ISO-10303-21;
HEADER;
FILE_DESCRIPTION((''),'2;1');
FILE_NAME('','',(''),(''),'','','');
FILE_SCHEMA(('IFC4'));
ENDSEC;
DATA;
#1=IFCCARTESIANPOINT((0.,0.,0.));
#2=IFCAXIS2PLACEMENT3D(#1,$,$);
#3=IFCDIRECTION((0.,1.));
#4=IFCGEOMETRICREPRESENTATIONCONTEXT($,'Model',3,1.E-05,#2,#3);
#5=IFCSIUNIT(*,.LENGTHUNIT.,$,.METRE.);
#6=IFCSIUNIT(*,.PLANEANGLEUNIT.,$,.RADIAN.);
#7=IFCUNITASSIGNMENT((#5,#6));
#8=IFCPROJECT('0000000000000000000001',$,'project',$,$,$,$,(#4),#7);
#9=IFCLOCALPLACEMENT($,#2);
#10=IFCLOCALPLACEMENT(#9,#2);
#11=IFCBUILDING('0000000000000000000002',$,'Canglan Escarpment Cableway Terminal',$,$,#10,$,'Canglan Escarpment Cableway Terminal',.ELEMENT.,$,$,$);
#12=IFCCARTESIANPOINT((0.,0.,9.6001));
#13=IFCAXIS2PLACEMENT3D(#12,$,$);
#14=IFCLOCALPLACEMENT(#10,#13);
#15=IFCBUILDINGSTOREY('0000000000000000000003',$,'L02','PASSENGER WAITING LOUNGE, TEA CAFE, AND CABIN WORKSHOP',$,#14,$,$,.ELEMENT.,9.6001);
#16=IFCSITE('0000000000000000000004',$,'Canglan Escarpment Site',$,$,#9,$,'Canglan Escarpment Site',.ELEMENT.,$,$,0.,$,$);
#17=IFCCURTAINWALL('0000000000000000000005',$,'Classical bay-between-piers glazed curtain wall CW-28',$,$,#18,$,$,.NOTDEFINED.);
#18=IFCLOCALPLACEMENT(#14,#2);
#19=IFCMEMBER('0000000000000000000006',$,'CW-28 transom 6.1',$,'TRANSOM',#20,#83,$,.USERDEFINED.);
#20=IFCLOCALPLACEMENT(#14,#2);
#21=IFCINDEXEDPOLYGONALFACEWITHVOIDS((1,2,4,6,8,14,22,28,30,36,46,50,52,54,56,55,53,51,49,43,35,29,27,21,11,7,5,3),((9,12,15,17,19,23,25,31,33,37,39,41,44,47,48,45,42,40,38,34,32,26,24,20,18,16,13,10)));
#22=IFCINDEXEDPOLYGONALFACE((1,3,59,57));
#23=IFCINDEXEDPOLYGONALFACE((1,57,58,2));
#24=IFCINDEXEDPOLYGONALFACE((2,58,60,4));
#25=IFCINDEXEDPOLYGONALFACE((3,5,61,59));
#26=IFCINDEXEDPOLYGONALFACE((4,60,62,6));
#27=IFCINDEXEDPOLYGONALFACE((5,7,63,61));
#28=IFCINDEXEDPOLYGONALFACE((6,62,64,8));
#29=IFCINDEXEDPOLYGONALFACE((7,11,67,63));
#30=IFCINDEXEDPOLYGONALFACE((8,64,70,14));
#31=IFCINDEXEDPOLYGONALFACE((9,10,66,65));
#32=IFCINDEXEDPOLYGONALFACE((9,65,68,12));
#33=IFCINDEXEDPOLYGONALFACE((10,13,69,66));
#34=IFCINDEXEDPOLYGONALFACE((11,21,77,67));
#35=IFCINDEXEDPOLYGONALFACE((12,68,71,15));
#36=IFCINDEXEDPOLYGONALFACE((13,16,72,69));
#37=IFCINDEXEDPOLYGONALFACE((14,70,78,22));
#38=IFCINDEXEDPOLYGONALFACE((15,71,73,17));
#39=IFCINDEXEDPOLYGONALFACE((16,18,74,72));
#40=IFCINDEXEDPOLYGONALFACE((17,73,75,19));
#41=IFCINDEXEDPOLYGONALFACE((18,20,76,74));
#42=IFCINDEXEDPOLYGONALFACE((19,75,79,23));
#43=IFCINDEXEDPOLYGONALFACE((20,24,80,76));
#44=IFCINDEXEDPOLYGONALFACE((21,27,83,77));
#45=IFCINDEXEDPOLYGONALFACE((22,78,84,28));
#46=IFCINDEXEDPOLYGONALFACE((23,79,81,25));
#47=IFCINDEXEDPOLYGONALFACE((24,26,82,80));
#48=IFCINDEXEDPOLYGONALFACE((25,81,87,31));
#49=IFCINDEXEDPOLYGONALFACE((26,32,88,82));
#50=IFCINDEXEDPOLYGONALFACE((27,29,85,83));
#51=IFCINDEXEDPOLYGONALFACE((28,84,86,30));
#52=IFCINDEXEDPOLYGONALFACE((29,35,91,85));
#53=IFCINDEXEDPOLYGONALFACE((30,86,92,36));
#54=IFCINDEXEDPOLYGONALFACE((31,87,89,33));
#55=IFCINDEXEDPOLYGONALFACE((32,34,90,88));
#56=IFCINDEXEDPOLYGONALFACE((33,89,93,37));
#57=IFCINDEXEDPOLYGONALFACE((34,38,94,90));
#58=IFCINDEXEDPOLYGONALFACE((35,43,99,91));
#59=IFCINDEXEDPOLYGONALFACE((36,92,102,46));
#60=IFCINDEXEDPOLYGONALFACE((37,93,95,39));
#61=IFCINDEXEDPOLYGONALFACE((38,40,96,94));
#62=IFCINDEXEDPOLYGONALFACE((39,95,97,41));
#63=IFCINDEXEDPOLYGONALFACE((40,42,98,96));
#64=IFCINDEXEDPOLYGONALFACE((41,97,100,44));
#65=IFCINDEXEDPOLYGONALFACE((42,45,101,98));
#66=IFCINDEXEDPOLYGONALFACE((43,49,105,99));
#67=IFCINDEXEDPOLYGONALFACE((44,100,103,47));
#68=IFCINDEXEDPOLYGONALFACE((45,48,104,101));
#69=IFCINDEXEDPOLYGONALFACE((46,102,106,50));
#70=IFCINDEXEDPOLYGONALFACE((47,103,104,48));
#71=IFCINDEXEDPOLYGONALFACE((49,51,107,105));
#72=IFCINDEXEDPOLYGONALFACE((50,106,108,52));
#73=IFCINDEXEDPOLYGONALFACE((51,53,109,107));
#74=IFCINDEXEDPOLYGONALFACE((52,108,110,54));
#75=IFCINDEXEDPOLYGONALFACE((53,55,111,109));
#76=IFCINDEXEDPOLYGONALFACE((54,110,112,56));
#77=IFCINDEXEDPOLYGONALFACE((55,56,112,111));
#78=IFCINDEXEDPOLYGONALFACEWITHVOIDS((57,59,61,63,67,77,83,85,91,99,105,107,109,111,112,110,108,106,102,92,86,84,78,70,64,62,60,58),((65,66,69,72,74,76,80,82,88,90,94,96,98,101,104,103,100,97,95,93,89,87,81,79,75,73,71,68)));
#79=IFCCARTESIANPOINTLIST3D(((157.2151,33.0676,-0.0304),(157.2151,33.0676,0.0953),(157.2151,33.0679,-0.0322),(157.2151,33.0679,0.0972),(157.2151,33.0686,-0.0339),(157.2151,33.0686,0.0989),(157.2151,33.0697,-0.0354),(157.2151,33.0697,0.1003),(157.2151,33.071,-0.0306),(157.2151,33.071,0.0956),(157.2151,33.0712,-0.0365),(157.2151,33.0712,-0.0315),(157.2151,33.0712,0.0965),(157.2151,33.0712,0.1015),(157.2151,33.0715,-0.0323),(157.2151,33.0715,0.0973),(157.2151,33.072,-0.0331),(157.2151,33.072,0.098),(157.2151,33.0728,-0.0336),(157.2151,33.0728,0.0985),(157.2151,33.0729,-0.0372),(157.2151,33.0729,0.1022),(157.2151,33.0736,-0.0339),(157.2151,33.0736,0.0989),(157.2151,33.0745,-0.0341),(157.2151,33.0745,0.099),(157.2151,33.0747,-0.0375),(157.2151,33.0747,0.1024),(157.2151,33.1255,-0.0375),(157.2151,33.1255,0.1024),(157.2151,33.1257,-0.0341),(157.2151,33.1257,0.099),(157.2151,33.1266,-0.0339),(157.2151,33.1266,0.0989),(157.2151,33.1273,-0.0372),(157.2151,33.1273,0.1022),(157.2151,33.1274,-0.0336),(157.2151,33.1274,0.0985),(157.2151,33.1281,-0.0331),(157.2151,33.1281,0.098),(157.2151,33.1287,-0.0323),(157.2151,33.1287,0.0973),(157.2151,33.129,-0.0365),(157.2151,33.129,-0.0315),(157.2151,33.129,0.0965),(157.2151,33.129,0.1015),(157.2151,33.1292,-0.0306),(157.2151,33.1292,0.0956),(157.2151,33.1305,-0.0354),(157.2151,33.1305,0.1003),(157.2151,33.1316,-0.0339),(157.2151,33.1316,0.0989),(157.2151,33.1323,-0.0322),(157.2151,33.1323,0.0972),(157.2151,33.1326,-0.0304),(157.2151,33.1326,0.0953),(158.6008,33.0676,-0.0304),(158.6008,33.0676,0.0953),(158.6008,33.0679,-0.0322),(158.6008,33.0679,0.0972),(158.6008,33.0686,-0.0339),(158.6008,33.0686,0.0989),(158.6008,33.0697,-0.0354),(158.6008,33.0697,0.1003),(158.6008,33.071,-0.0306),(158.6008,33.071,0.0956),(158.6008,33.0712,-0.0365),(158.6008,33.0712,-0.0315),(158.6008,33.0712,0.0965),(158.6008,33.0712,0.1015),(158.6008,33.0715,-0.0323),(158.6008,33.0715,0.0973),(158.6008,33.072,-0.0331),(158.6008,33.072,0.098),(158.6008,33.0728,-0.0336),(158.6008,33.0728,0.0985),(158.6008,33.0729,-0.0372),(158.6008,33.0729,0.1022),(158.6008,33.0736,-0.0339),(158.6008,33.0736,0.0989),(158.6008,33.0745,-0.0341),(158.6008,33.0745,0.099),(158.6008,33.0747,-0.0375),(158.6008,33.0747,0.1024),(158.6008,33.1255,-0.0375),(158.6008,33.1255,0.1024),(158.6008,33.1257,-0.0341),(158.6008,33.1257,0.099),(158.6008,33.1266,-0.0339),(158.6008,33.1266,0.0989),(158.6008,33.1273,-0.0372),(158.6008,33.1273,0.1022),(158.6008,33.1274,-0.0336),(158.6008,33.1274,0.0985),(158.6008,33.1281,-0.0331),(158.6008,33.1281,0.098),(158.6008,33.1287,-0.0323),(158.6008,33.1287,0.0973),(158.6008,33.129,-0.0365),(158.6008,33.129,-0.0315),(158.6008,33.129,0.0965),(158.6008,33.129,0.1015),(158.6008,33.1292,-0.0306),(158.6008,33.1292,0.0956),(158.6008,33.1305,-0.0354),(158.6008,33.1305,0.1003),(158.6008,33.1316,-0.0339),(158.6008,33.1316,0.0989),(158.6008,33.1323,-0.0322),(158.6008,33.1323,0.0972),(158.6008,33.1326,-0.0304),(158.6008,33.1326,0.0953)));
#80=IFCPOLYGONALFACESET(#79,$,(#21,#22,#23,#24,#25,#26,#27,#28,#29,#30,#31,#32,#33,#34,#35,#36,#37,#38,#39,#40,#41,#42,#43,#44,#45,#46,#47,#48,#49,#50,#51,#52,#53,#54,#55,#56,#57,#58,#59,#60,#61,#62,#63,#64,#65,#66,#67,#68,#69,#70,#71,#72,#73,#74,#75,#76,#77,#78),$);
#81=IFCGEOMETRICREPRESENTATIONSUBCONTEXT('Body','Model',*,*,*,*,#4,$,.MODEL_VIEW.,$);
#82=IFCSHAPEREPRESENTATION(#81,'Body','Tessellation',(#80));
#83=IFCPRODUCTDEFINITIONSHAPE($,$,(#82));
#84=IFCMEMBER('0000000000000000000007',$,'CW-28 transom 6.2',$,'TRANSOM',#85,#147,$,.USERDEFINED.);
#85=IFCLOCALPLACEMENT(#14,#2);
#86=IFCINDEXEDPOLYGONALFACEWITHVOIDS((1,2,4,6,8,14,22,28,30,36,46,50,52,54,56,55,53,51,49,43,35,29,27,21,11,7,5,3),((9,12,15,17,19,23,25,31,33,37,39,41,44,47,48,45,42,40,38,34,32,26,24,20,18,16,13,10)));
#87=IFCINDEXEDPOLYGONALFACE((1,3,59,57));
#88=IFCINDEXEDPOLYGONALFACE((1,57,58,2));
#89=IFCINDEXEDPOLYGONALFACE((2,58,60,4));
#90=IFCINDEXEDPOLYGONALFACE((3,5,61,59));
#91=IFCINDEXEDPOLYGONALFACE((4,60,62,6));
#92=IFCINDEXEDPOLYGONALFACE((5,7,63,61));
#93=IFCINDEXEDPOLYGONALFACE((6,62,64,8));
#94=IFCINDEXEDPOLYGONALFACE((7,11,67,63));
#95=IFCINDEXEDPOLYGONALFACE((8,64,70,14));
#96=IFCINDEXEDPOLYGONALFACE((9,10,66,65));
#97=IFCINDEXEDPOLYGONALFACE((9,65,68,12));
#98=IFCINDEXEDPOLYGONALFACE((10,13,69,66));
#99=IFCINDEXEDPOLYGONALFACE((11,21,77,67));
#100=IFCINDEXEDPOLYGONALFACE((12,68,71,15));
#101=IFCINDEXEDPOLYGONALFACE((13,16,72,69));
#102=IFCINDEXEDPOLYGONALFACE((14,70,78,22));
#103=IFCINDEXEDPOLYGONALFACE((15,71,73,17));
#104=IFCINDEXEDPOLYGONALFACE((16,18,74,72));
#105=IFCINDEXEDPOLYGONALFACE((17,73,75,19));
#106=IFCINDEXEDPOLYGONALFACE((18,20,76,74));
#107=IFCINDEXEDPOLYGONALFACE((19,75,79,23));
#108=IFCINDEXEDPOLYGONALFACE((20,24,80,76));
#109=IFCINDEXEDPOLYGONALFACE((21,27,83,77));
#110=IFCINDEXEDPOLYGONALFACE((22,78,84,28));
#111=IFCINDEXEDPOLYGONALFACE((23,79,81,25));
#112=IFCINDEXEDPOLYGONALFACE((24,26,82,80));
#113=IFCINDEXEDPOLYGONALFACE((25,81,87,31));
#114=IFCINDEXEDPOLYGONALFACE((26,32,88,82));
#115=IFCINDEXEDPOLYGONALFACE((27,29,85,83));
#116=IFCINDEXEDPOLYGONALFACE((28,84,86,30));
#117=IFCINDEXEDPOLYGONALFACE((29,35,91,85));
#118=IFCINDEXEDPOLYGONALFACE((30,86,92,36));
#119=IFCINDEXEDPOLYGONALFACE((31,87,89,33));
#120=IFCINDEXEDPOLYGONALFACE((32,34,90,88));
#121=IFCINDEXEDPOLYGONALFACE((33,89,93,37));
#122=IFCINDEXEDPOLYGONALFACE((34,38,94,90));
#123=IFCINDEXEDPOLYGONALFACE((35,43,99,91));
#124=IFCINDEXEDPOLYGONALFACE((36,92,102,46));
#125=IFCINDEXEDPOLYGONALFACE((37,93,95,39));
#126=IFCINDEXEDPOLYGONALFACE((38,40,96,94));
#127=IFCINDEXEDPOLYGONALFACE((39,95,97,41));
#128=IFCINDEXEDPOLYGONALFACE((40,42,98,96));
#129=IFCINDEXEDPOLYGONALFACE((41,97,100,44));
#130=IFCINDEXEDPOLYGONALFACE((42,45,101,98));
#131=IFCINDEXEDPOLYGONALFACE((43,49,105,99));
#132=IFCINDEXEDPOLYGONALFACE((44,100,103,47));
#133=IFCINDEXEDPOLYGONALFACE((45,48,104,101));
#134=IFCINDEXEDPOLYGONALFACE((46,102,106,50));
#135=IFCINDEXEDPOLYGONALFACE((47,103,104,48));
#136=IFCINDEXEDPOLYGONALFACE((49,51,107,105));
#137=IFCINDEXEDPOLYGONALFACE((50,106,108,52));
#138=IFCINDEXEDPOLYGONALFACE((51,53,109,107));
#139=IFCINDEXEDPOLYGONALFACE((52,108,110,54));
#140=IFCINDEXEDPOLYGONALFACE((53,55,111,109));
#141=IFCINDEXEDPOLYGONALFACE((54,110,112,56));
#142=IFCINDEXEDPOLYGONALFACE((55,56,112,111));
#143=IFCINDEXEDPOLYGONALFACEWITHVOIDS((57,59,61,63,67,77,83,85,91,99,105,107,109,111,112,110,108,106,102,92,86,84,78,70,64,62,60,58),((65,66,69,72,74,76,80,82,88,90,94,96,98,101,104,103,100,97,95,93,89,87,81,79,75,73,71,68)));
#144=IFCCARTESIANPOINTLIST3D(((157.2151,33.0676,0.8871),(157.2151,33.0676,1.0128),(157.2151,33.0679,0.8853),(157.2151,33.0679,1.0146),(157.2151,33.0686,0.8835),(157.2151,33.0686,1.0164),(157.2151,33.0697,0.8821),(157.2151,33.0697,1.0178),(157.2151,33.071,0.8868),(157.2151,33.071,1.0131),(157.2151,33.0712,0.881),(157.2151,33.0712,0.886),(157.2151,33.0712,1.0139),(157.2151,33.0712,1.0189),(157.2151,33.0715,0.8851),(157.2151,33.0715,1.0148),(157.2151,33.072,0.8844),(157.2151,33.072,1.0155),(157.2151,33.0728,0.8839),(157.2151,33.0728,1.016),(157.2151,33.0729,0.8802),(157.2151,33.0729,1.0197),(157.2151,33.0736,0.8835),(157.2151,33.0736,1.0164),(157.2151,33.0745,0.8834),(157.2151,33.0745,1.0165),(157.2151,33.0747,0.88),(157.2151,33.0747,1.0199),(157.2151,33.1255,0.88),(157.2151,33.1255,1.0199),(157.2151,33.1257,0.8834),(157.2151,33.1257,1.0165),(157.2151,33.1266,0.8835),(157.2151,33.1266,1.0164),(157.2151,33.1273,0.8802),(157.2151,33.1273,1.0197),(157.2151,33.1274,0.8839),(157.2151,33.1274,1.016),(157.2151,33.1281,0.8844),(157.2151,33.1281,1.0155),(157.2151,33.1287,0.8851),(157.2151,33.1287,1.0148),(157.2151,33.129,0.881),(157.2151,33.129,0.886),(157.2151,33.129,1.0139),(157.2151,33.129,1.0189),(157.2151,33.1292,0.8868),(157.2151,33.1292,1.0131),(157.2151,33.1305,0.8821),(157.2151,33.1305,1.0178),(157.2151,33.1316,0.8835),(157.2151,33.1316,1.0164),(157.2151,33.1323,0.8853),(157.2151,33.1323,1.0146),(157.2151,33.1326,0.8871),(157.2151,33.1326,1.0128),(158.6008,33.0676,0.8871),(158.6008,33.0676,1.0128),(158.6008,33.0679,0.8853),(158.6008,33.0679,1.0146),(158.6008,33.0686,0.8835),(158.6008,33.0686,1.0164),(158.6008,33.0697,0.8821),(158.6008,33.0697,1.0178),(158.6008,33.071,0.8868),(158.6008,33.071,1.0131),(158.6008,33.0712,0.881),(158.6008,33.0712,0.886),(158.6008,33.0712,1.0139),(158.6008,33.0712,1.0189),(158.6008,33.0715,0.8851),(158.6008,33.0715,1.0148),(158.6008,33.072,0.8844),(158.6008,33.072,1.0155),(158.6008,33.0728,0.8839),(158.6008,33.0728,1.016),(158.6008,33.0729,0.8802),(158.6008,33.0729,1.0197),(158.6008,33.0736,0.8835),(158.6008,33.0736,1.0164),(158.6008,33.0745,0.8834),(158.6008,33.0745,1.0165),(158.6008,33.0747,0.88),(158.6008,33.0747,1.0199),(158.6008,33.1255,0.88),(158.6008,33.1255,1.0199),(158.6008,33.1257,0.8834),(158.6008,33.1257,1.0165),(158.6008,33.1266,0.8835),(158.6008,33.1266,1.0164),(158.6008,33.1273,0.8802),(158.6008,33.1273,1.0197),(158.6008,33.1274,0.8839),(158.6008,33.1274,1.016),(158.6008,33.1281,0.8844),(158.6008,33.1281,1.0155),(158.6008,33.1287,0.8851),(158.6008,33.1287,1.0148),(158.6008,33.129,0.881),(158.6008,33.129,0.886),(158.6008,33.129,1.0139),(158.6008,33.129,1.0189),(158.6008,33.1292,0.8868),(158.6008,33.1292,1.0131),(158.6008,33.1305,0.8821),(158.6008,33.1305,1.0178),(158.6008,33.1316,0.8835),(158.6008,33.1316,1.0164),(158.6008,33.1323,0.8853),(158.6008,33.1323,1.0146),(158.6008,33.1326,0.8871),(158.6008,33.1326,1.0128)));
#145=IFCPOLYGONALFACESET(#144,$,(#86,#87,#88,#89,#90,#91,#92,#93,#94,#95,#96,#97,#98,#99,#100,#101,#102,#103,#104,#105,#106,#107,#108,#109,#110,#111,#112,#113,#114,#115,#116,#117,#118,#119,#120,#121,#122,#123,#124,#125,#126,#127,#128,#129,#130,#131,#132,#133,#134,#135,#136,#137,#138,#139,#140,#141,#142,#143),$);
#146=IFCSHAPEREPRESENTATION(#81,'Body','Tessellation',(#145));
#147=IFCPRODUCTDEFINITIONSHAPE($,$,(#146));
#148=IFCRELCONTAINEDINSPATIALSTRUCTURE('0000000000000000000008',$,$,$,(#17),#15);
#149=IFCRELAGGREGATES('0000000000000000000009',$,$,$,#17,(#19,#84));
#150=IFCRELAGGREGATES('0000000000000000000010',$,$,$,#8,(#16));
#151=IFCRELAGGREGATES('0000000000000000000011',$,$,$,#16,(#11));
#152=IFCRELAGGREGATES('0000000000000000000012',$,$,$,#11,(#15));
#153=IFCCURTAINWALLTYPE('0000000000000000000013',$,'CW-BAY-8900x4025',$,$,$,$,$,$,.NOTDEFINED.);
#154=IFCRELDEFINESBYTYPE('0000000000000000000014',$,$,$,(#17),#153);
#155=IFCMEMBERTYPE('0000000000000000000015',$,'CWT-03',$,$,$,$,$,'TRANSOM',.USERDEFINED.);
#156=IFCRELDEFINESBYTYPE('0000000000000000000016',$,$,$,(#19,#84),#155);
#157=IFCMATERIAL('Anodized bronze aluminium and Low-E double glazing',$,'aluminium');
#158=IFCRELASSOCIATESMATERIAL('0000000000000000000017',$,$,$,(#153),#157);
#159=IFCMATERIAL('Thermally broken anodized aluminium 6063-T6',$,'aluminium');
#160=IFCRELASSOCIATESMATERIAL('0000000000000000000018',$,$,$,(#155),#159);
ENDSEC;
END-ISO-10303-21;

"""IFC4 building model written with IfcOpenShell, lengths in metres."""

from ifc_helpers import new_model, si_unit, direction, frame, origin, origin_2d, place, context, subcontext, project, spatial, hollow_rectangle, extrude, material, material_profile, profile_set, type_object, element, aggregate, save


model = new_model("IFC4")

# Units and contexts
model_context = context("Model", 3, precision=1e-05, world=origin(), true_north=direction((0.0, 1.0)))
body_context = subcontext(model_context, "Body", "Model", "MODEL_VIEW")
ifc_project = project(units=[si_unit("LENGTHUNIT", "METRE"), si_unit("PLANEANGLEUNIT", "RADIAN")], contexts=[model_context])

# Site, building, storey
site_placement = place(None, origin())
site = spatial("IfcSite", under=ifc_project, at=site_placement, Name="Canglan Escarpment Site", LongName="Canglan Escarpment Site", CompositionType="ELEMENT", RefElevation=0.0)
building_placement = place(site_placement, origin())
building = spatial("IfcBuilding", under=site, at=building_placement, Name="Canglan Escarpment Cableway Terminal", LongName="Canglan Escarpment Cableway Terminal", CompositionType="ELEMENT")
storey_placement = place(building_placement, frame((0.0, 0.0, 9.6001)))
storey = spatial("IfcBuildingStorey", under=building, at=storey_placement, Name="L02", Description="PASSENGER WAITING LOUNGE, TEA CAFE, AND CABIN WORKSHOP", CompositionType="ELEMENT", Elevation=9.6001)

# Curtain wall, members
ifc_material_1 = material(Name="Anodized bronze aluminium and Low-E double glazing", Category="aluminium")
curtain_wall_type = type_object("IfcCurtainWallType", Name="CW-BAY-8900x4025", PredefinedType="NOTDEFINED", material=ifc_material_1)
curtain_wall_placement = place(storey_placement, origin())
curtain_wall = element("IfcCurtainWall", 1, at=curtain_wall_placement, inside=storey, type_object=curtain_wall_type, Name="Classical bay-between-piers glazed curtain wall CW-28", PredefinedType="NOTDEFINED")
ifc_material_2 = material(Name="Thermally broken anodized aluminium 6063-T6", Category="aluminium")
ifc_material_profile_1 = material_profile(ifc_material_2, hollow_rectangle(XDim=0.0649, YDim=0.1399, WallThickness=0.0034, InnerFilletRadius=0.0034, OuterFilletRadius=0.0071, at=origin_2d()), Name="ALU-TRAN 65x140x3.5")
ifc_profile_set_1 = profile_set([ifc_material_profile_1], Name="Thermally broken anodized aluminium 6063-T6")
member_type_1 = type_object("IfcMemberType", Name="CWT-03", ElementType="TRANSOM", PredefinedType="USERDEFINED", material=ifc_profile_set_1)
member_1_placement = place(storey_placement, frame((158.6008, 33.1001, 0.0325), z_axis=(-1.0, 0.0, 0.0), x_axis=(0.0, -1.0, 0.0)))
member_1 = element("IfcMember", 2, at=member_1_placement, type_object=member_type_1, Name="CW-28 transom 6.1", ObjectType="TRANSOM", PredefinedType="USERDEFINED", context=body_context, shape_type="SweptSolid", body=[
    extrude(hollow_rectangle(XDim=0.0649, YDim=0.1399, WallThickness=0.0034, InnerFilletRadius=0.0034, OuterFilletRadius=0.0071, at=origin_2d()), origin(), (0.0, 0.0, 1.0), 1.3857),
])
member_2_placement = place(storey_placement, frame((158.6008, 33.1001, 0.95), z_axis=(-1.0, 0.0, 0.0), x_axis=(0.0, -1.0, 0.0)))
member_2 = element("IfcMember", 3, at=member_2_placement, type_object=member_type_1, Name="CW-28 transom 6.2", ObjectType="TRANSOM", PredefinedType="USERDEFINED", context=body_context, shape_type="SweptSolid", body=[
    extrude(hollow_rectangle(XDim=0.0649, YDim=0.1399, WallThickness=0.0034, InnerFilletRadius=0.0034, OuterFilletRadius=0.0071, at=origin_2d()), origin(), (0.0, 0.0, 1.0), 1.3857),
])
aggregate(curtain_wall, [member_1, member_2])

save(model, "model.ifc")
